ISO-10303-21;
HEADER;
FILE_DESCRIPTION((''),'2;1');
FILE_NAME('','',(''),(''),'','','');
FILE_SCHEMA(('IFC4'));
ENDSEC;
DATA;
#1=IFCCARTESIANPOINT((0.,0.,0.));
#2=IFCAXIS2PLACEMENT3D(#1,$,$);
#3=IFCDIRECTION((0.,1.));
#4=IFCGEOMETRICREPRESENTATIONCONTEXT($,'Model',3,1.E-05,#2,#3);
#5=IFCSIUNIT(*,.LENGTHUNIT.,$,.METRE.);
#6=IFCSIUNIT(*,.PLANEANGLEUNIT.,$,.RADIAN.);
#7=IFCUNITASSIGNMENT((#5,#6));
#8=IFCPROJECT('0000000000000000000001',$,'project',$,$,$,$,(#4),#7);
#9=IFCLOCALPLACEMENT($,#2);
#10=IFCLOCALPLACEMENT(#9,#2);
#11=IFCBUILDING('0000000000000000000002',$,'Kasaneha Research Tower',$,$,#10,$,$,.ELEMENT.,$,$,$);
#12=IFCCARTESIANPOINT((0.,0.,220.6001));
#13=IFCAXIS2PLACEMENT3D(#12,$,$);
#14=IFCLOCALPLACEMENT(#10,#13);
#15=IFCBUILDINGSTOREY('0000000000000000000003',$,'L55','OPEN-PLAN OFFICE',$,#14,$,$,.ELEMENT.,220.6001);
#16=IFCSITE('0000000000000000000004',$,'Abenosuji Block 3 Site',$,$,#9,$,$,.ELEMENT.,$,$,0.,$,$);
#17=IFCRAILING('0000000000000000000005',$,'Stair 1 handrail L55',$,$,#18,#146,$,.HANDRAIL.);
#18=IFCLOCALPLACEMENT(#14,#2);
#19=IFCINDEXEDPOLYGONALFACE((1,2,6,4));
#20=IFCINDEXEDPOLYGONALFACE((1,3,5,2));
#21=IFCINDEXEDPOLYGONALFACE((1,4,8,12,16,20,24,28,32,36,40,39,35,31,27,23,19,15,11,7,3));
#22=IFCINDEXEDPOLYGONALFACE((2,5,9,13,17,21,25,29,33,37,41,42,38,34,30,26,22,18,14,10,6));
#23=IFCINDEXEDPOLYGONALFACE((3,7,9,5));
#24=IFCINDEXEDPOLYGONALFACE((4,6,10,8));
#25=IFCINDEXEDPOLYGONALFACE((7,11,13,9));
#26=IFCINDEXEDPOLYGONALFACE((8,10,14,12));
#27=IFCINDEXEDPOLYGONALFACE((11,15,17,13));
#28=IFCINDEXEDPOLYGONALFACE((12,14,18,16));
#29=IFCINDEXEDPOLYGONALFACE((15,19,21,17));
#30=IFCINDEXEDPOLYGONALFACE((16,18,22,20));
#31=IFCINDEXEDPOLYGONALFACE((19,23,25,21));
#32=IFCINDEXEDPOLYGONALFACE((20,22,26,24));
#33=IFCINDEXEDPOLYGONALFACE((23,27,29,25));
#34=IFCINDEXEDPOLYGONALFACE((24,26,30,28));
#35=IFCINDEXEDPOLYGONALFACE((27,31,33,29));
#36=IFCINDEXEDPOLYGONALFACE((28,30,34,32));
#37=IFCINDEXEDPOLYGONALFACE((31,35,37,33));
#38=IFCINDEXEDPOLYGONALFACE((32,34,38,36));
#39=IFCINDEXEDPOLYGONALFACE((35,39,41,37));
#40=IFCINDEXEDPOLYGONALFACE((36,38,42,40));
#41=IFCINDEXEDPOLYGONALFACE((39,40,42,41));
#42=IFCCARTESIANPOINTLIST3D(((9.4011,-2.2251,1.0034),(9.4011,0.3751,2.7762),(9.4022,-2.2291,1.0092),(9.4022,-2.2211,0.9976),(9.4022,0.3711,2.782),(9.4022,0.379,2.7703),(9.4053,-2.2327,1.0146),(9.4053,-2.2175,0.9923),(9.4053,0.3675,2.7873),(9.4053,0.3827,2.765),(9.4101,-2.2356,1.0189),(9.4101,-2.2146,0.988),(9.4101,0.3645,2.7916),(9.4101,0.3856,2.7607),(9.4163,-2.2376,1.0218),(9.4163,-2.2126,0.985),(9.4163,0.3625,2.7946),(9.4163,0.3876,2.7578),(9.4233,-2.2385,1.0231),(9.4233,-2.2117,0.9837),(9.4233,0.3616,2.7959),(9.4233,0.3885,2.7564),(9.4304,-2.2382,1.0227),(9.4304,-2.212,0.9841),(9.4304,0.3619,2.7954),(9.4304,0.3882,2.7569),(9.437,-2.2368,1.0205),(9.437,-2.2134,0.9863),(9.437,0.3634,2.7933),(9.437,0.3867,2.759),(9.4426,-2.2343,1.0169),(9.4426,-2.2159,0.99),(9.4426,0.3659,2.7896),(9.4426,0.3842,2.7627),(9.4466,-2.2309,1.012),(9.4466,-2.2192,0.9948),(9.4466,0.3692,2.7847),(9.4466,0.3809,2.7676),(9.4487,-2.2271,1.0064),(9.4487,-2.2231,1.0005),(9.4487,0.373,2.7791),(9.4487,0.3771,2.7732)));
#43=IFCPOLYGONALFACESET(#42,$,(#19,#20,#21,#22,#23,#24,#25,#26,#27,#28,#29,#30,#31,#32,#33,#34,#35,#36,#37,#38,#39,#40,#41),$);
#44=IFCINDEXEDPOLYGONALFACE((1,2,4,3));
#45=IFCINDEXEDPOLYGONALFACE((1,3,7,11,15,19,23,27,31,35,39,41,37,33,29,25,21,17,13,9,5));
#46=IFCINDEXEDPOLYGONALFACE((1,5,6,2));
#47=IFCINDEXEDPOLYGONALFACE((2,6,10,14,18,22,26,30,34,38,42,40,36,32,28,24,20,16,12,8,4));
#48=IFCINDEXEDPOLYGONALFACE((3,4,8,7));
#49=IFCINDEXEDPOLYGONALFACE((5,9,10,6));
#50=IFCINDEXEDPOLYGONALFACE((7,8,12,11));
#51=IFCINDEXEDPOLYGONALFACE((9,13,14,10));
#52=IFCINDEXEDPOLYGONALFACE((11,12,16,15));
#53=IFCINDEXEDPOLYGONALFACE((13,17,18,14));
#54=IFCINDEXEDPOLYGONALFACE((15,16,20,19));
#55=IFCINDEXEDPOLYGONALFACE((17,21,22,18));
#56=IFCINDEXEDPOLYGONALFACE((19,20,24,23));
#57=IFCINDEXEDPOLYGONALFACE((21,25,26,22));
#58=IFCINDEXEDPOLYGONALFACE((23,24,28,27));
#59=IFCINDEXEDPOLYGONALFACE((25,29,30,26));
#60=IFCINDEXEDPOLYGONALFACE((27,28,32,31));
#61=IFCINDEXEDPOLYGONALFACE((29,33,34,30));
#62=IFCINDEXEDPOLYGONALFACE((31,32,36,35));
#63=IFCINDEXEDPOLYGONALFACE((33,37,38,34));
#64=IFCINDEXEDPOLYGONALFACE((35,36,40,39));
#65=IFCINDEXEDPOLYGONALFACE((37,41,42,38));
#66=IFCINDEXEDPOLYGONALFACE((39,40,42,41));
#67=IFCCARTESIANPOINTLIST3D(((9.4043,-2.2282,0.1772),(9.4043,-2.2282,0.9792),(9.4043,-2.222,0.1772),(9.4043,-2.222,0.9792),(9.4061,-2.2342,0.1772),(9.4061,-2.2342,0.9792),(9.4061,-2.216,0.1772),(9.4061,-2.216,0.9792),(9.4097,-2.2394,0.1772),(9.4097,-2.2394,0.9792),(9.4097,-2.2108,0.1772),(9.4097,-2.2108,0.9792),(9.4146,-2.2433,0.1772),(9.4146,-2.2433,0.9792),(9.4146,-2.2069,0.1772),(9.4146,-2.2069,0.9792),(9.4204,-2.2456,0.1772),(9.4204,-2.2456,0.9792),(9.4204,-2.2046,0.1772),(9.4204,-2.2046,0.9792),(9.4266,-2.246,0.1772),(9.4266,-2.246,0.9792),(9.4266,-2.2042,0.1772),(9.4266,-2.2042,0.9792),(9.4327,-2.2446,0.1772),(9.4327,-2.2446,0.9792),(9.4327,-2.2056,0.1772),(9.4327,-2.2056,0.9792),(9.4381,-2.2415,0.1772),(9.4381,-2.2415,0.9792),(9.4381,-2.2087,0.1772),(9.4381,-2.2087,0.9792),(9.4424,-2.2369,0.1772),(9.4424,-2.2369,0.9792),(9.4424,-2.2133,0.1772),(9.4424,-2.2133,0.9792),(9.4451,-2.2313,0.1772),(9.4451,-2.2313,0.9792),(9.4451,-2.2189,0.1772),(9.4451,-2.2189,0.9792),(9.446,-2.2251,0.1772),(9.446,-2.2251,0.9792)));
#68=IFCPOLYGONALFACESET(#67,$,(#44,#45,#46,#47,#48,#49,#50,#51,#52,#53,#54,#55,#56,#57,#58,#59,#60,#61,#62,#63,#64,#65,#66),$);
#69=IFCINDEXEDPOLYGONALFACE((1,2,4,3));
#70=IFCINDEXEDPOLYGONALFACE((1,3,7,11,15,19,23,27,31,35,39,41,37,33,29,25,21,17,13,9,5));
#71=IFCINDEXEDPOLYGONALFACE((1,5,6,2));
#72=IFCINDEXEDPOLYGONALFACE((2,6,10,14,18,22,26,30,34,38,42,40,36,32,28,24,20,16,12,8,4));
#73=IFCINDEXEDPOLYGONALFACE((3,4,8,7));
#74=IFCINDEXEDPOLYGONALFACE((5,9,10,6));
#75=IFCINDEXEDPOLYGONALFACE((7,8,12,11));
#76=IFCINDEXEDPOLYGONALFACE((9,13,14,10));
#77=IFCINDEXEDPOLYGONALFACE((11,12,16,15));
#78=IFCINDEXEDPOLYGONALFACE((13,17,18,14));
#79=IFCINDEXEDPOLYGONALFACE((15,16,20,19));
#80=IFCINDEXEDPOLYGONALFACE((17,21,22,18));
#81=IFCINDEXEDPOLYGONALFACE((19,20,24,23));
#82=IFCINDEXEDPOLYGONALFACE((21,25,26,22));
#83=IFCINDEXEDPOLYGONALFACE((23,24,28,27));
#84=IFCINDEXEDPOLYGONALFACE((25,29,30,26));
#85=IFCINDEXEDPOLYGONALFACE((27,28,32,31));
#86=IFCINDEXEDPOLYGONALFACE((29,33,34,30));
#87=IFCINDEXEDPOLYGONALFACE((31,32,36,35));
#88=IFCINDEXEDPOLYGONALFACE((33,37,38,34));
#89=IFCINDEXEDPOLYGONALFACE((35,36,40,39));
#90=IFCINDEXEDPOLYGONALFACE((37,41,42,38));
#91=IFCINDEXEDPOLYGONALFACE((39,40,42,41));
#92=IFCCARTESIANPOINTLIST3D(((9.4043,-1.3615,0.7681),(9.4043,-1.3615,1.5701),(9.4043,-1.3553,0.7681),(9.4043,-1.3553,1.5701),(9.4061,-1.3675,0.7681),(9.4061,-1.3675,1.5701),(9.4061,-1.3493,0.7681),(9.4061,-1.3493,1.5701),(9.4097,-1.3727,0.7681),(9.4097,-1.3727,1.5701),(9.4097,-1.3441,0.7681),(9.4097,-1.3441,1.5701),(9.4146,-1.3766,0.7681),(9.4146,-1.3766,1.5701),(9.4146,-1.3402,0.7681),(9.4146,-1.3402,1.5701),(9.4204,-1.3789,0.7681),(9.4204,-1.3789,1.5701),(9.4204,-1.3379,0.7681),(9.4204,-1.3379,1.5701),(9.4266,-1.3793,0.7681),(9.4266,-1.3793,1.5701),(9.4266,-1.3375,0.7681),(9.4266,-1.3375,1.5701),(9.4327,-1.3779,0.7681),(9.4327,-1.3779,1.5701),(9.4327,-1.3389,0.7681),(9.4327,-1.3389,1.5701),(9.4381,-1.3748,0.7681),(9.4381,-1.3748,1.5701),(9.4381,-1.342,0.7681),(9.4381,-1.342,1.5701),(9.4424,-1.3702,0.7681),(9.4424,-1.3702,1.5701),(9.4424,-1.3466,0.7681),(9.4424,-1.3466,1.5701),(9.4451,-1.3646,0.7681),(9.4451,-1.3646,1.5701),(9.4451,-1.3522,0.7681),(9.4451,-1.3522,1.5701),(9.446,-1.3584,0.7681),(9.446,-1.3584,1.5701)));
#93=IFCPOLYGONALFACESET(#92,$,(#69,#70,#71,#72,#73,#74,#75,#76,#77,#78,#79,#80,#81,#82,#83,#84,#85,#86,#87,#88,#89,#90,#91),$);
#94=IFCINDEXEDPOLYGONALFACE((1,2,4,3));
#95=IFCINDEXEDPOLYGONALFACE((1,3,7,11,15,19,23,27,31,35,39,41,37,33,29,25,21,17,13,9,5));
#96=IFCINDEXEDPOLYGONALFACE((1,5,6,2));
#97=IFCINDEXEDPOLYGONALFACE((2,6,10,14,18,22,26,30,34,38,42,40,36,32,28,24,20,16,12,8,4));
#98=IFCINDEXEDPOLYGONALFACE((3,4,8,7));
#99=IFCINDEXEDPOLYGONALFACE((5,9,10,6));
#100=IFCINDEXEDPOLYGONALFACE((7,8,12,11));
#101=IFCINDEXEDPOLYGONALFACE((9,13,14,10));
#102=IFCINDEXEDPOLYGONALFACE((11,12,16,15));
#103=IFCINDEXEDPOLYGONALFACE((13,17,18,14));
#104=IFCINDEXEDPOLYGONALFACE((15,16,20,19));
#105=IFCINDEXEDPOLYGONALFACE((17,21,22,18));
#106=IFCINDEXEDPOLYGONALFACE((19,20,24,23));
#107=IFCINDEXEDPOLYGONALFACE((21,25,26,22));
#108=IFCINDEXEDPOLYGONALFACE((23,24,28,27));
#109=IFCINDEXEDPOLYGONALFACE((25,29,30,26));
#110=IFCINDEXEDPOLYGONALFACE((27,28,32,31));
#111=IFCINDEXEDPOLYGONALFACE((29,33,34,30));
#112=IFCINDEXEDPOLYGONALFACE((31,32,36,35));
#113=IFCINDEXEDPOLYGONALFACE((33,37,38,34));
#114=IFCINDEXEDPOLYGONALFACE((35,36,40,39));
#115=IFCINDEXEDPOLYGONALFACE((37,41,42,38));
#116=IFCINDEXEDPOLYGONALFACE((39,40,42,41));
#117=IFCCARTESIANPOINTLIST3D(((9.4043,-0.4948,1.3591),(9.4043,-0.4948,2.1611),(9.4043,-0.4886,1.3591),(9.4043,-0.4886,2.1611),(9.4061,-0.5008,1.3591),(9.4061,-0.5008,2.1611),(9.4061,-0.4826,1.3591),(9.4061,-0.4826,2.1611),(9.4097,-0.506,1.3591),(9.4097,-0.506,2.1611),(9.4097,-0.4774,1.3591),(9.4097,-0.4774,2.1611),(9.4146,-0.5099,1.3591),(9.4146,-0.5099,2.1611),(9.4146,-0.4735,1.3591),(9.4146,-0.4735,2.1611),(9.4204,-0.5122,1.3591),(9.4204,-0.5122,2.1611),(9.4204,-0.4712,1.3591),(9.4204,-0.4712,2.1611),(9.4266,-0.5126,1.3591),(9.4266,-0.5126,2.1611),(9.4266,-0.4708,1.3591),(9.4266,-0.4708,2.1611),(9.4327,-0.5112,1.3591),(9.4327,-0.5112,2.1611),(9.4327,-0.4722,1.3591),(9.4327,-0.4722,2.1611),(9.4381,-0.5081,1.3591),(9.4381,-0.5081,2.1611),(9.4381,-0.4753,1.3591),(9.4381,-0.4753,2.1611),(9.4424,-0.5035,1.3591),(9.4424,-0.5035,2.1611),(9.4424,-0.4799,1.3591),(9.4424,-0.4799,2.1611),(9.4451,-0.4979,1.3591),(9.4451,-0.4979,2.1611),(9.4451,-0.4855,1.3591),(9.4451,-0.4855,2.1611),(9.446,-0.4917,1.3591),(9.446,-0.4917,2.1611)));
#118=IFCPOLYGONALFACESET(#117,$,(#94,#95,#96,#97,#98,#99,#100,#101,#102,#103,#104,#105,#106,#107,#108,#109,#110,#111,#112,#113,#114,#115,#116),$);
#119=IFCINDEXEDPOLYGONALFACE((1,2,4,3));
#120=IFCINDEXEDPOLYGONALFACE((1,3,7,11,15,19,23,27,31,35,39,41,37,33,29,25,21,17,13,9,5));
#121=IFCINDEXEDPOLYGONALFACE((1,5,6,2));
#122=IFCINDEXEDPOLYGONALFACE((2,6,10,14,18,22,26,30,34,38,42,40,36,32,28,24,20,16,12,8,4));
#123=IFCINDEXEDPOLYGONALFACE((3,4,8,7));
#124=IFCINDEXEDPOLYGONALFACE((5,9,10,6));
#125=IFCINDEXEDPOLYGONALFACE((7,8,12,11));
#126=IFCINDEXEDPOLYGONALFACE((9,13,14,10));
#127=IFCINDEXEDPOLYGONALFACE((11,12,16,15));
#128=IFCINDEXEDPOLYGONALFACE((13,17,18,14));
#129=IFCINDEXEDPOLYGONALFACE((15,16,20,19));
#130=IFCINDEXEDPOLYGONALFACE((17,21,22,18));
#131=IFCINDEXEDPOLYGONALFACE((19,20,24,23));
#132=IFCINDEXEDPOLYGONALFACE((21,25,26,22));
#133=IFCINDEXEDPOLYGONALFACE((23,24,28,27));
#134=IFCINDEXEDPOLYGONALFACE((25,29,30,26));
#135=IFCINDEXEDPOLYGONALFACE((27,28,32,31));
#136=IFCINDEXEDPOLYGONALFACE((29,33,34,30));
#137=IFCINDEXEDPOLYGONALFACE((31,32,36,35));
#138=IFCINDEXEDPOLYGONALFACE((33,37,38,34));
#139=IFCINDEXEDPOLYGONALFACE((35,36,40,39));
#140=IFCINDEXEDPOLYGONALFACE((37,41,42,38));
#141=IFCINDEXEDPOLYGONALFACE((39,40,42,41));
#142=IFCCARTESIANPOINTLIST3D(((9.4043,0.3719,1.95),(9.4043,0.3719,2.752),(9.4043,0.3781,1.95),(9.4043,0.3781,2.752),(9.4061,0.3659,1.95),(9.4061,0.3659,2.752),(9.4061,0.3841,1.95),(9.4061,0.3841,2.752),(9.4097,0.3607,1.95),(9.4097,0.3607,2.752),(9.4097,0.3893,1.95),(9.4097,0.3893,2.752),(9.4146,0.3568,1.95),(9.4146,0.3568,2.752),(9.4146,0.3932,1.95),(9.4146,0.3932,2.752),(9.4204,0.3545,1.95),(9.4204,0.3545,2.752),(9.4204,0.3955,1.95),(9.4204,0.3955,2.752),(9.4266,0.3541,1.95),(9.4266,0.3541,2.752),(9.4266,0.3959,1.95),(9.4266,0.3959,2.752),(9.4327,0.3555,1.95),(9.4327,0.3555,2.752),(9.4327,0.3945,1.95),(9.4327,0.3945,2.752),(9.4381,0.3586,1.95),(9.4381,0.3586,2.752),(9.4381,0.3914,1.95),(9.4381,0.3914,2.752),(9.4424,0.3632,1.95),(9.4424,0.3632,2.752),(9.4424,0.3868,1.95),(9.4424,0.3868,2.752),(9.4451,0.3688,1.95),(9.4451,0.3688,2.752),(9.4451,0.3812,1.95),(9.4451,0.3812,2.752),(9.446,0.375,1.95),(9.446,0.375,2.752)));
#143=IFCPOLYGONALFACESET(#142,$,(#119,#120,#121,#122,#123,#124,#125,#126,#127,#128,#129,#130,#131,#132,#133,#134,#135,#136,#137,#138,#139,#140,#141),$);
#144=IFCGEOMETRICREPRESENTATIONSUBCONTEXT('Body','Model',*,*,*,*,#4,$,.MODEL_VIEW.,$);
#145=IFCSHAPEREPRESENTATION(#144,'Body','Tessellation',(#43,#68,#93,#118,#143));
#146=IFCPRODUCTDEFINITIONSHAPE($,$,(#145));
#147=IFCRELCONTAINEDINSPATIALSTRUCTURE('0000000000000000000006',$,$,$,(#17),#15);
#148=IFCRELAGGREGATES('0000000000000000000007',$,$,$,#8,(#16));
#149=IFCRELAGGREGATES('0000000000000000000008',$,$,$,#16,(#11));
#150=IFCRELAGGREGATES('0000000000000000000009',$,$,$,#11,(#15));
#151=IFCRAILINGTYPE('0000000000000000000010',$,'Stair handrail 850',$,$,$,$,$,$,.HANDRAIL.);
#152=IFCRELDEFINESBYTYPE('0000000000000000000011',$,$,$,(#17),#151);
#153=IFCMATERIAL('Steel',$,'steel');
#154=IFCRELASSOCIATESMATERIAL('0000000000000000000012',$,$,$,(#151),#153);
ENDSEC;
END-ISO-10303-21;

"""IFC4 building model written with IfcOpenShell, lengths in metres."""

from ifc_helpers import new_model, si_unit, direction, frame, origin, origin_2d, place, context, subcontext, project, spatial, circle, extrude, material, type_object, element, save


model = new_model("IFC4")

# Units and contexts
model_context = context("Model", 3, precision=1e-05, world=origin(), true_north=direction((0.0, 1.0)))
body_context = subcontext(model_context, "Body", "Model", "MODEL_VIEW")
ifc_project = project(units=[si_unit("LENGTHUNIT", "METRE"), si_unit("PLANEANGLEUNIT", "RADIAN")], contexts=[model_context])

# Site, building, storey
site_placement = place(None, origin())
site = spatial("IfcSite", under=ifc_project, at=site_placement, Name="Abenosuji Block 3 Site", CompositionType="ELEMENT", RefElevation=0.0)
building_placement = place(site_placement, origin())
building = spatial("IfcBuilding", under=site, at=building_placement, Name="Kasaneha Research Tower", CompositionType="ELEMENT")
storey_placement = place(building_placement, frame((0.0, 0.0, 220.6001)))
storey = spatial("IfcBuildingStorey", under=building, at=storey_placement, Name="L55", Description="OPEN-PLAN OFFICE", CompositionType="ELEMENT", Elevation=220.6001)

# Railing
ifc_material_1 = material(Name="Steel", Category="steel")
railing_type_1 = type_object("IfcRailingType", Name="Stair handrail 850", PredefinedType="HANDRAIL", material=ifc_material_1)
railing_1_placement = place(storey_placement, frame((9.425, -2.2251, 0.1772)))
element("IfcRailing", 1, at=railing_1_placement, inside=storey, type_object=railing_type_1, Name="Stair 1 handrail L55", PredefinedType="HANDRAIL", context=body_context, shape_type="SweptSolid", body=[
    extrude(circle(Radius=0.0239, at=origin_2d()), frame((0.0, 0.0, 0.8262), z_axis=(0.0, 0.82624, 0.563318), x_axis=(-1.0, 0.0, 0.0)), (0.0, 0.0, 1.0), 3.147),
    extrude(circle(Radius=0.021, at=origin_2d()), origin(), (0.0, 0.0, 1.0), 0.802),
    extrude(circle(Radius=0.021, at=origin_2d()), frame((0.0, 0.8667, 0.5908)), (0.0, 0.0, 1.0), 0.802),
    extrude(circle(Radius=0.021, at=origin_2d()), frame((0.0, 1.7334, 1.1819)), (0.0, 0.0, 1.0), 0.802),
    extrude(circle(Radius=0.021, at=origin_2d()), frame((0.0, 2.6001, 1.7727)), (0.0, 0.0, 1.0), 0.802),
])

save(model, "model.ifc")
